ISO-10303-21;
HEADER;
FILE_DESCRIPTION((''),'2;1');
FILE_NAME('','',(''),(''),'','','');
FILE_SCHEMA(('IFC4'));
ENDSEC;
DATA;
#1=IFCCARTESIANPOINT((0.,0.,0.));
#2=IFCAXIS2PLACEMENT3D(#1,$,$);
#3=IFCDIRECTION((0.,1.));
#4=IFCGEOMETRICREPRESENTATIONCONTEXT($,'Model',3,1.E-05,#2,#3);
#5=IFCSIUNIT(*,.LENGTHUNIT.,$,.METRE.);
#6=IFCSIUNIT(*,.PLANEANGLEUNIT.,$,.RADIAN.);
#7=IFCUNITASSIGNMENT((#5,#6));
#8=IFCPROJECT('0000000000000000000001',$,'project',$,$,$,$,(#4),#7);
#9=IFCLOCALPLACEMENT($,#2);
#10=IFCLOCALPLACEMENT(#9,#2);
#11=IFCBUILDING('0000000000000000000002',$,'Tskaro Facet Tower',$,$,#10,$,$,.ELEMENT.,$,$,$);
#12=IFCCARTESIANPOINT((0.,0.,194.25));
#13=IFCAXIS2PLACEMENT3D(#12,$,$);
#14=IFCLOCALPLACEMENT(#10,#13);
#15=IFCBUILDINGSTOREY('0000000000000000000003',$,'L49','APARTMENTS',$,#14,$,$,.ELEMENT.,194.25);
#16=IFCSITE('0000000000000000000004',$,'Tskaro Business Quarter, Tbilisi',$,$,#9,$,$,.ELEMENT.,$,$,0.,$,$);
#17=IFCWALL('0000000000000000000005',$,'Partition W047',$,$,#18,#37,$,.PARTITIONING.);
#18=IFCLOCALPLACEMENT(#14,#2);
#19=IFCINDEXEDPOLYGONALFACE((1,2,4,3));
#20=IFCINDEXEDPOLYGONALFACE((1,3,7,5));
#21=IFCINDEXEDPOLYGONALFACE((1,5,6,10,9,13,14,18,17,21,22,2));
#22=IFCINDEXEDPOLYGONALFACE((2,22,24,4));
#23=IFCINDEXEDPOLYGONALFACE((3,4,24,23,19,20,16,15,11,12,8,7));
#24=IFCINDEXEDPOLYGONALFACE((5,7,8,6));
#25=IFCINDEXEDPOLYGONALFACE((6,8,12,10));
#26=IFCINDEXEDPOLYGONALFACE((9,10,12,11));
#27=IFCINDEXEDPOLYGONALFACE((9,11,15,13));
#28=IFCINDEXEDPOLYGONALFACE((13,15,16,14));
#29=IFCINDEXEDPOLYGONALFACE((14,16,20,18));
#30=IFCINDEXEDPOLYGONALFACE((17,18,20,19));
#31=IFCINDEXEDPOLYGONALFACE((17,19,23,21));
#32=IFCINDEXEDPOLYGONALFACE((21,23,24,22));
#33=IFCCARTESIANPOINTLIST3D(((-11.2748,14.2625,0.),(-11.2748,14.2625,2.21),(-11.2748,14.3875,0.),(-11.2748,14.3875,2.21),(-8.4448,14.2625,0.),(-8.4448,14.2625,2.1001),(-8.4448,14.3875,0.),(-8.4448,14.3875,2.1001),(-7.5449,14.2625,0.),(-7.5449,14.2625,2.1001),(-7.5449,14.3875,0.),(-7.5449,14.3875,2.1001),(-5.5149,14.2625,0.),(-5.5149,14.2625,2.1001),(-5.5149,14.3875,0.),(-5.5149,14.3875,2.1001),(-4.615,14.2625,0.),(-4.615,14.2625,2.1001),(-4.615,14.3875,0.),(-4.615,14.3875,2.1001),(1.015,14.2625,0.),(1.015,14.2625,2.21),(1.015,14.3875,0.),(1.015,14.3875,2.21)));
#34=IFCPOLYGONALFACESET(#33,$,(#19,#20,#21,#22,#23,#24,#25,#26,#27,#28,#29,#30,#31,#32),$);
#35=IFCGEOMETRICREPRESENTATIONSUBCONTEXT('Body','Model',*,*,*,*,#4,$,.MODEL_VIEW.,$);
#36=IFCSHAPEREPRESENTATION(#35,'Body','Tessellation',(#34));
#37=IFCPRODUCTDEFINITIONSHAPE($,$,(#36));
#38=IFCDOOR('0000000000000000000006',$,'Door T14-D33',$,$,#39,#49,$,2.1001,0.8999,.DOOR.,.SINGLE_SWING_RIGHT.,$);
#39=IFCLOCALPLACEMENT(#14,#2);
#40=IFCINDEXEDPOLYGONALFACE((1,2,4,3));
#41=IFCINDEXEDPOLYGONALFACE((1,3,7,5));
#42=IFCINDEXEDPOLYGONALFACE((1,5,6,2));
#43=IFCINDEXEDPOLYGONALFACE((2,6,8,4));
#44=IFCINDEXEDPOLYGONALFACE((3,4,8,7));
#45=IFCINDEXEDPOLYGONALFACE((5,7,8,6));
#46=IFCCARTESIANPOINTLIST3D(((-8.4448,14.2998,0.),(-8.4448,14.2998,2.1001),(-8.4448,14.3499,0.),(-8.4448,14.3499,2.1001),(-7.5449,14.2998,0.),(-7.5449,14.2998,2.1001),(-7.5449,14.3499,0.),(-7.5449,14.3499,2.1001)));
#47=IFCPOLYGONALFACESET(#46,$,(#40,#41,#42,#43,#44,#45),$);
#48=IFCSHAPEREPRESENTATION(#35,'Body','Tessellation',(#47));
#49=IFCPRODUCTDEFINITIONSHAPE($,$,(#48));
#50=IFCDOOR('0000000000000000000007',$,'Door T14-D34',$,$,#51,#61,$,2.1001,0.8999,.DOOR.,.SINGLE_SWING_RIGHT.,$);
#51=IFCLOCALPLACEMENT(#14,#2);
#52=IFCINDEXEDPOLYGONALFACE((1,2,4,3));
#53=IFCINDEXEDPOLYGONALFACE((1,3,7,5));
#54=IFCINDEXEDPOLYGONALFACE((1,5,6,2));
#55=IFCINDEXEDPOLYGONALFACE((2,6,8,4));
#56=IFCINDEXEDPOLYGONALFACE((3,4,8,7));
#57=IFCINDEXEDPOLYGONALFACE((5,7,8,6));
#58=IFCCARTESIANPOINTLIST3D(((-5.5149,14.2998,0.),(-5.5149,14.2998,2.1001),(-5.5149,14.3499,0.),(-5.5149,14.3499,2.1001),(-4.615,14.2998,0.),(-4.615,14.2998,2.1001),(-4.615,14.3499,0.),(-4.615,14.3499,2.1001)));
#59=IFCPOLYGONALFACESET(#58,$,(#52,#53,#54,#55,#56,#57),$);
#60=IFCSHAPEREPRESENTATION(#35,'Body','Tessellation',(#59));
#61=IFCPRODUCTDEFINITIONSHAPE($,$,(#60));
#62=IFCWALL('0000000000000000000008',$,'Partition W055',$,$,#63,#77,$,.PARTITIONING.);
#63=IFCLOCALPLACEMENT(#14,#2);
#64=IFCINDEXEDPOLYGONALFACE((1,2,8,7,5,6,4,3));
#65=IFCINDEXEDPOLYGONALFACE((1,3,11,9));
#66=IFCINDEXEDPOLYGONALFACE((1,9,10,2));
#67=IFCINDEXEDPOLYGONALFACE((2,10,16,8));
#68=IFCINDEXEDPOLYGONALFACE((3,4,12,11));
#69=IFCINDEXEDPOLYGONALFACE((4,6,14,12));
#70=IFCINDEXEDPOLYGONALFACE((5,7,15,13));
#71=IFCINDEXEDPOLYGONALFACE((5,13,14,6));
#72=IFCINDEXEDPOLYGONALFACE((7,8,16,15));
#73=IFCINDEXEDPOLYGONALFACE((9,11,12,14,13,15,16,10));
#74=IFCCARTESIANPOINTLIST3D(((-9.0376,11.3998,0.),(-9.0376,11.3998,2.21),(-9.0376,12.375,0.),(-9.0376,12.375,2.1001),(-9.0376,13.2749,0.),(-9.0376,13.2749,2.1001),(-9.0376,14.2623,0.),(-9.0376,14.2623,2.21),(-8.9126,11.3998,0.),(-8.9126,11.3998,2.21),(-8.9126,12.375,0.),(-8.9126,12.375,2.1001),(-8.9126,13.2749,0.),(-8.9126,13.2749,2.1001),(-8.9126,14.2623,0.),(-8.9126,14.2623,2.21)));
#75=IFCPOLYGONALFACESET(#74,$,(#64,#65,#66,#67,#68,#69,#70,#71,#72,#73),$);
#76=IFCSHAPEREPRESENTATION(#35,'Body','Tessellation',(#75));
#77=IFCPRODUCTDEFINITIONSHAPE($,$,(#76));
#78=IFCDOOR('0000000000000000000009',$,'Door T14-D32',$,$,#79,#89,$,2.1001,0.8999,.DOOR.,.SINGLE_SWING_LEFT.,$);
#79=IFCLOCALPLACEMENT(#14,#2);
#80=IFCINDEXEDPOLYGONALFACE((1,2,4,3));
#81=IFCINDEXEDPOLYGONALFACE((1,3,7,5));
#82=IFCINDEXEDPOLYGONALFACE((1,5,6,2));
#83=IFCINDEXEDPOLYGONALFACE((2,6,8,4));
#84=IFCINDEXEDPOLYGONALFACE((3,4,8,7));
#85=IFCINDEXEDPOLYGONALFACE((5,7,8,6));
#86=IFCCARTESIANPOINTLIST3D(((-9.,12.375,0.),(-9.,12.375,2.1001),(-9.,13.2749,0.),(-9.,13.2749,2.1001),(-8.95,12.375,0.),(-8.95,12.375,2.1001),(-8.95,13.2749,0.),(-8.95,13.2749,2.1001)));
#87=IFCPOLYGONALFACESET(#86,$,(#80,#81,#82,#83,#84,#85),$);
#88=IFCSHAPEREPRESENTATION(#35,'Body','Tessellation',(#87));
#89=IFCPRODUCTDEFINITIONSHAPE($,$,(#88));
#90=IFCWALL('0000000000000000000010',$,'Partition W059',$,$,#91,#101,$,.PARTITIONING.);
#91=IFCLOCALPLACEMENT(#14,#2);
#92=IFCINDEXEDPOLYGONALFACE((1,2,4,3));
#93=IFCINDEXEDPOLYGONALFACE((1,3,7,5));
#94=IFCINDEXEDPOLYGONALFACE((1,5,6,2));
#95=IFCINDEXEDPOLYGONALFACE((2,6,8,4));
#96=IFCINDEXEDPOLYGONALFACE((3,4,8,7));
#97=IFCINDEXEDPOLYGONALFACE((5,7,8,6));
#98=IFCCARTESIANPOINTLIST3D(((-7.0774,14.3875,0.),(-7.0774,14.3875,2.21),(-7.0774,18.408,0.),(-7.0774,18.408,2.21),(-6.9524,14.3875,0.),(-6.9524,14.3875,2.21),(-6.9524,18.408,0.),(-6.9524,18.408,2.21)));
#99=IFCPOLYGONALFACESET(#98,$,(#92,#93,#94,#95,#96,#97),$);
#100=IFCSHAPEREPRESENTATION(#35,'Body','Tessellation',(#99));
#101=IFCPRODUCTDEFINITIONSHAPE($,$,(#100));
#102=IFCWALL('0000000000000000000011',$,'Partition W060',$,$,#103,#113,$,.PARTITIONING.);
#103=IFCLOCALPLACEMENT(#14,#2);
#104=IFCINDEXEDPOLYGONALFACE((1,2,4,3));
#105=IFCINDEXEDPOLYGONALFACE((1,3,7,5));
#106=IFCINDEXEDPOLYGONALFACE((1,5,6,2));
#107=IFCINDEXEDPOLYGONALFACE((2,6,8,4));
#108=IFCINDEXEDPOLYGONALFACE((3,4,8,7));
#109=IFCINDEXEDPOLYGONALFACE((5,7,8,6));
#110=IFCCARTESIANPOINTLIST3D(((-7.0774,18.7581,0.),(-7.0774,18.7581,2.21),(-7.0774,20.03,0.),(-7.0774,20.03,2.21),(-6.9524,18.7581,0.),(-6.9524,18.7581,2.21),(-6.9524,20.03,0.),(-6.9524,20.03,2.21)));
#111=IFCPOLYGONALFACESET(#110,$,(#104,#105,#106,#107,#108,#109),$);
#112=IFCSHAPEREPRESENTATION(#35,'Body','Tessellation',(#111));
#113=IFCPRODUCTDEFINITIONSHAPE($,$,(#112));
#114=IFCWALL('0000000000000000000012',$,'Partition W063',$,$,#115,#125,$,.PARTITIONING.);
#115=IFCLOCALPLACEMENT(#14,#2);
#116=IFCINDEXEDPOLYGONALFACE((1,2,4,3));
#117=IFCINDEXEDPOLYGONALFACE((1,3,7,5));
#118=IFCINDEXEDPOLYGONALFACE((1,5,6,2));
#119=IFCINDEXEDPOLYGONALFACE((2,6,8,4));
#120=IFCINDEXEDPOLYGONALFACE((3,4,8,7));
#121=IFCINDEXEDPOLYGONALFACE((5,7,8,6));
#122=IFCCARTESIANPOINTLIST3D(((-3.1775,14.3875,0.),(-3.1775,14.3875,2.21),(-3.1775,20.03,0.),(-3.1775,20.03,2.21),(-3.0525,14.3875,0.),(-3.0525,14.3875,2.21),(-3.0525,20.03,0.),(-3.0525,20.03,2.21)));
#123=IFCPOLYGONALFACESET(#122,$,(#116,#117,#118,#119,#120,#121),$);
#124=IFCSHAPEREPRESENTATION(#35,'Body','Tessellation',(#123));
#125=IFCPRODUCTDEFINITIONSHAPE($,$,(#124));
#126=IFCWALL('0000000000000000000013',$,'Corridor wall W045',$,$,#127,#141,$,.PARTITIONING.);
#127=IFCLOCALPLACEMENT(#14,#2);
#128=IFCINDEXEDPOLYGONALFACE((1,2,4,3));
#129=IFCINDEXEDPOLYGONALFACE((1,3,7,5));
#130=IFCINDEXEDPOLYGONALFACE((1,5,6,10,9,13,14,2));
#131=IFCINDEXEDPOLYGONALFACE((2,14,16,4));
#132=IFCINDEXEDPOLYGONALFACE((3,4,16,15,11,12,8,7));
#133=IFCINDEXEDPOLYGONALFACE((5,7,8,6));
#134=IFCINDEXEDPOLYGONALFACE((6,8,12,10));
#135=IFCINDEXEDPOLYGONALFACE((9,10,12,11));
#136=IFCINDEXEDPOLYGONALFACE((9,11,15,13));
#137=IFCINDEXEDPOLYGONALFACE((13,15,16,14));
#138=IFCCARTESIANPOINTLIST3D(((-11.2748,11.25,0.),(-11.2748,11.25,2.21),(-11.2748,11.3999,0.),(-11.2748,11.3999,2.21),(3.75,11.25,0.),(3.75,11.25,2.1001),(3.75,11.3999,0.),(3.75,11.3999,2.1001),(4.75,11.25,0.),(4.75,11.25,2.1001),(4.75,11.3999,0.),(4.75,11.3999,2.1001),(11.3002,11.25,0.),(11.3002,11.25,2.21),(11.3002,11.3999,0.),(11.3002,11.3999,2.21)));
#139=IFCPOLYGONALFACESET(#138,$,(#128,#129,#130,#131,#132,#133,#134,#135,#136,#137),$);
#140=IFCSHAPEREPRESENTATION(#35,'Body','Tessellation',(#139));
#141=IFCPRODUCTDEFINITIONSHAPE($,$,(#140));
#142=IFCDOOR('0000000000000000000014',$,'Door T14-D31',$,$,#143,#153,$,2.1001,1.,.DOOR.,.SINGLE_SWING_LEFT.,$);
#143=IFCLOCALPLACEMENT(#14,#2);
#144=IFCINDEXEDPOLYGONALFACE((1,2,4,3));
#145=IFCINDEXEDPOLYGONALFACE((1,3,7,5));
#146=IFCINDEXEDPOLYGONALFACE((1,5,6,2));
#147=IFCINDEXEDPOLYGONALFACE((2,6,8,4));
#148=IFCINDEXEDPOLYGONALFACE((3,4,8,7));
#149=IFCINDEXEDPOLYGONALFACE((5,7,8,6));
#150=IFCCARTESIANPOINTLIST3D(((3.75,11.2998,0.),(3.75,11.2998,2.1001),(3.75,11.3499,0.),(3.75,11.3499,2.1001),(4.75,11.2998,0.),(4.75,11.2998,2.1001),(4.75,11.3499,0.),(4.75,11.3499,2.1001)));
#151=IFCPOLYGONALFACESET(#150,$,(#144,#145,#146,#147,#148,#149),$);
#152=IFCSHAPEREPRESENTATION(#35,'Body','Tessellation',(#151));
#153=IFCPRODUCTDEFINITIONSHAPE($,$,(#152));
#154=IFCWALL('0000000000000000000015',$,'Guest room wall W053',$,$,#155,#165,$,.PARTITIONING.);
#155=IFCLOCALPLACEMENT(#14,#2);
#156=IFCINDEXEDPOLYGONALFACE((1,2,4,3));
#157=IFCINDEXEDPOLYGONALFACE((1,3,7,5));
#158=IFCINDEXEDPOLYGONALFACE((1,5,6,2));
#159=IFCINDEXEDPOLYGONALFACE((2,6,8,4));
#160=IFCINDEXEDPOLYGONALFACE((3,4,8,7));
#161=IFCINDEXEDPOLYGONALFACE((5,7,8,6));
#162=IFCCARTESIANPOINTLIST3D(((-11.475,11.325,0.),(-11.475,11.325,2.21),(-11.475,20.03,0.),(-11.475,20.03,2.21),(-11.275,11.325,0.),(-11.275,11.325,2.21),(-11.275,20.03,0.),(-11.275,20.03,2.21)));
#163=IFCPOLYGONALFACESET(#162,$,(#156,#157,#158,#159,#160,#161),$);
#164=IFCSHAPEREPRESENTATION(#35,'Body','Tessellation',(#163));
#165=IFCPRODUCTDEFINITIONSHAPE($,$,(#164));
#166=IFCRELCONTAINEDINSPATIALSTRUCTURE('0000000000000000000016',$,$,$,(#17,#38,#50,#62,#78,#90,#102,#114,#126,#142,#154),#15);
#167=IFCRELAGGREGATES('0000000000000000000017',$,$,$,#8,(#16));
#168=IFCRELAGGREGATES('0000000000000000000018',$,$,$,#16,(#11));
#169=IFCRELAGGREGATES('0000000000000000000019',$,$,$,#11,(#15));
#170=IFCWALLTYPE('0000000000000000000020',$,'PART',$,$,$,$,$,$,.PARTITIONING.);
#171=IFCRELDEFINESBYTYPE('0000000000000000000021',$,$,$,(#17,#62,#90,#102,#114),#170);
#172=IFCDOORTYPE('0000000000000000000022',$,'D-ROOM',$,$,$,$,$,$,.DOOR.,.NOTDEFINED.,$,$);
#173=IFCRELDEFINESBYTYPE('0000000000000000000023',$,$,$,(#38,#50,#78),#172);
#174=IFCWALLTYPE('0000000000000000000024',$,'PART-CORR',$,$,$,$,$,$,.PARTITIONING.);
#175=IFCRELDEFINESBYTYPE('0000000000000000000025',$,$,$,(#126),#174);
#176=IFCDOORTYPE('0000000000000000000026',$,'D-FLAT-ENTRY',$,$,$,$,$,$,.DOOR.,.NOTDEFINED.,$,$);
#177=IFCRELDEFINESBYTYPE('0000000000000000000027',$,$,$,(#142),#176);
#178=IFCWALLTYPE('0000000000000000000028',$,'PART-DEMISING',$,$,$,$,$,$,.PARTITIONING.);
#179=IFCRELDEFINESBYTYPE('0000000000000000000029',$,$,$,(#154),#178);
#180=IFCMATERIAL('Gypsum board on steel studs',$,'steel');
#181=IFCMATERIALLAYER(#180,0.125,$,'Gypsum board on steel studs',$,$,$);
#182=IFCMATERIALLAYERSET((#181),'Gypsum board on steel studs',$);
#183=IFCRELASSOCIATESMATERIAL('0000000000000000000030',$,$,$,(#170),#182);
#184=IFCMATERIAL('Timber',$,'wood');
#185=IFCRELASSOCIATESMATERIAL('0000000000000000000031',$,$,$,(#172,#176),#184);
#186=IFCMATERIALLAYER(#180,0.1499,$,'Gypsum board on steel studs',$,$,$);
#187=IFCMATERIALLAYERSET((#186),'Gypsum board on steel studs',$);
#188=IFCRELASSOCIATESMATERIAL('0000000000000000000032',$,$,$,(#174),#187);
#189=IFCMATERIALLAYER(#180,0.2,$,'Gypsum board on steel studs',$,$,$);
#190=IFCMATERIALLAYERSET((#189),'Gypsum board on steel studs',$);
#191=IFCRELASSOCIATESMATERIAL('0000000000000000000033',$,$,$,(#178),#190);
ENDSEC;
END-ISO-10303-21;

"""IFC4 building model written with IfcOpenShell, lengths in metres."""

from ifc_helpers import new_model, si_unit, direction, frame, frame_2d, origin, place, context, subcontext, project, spatial, rectangle, extrude, material, layer, layer_set, type_object, element, fill, save


model = new_model("IFC4")

# Units and contexts
model_context = context("Model", 3, precision=1e-05, world=origin(), true_north=direction((0.0, 1.0)))
body_context = subcontext(model_context, "Body", "Model", "MODEL_VIEW")
ifc_project = project(units=[si_unit("LENGTHUNIT", "METRE"), si_unit("PLANEANGLEUNIT", "RADIAN")], contexts=[model_context])

# Site, building, storey
site_placement = place(None, origin())
site = spatial("IfcSite", under=ifc_project, at=site_placement, Name="Tskaro Business Quarter, Tbilisi", CompositionType="ELEMENT", RefElevation=0.0)
building_placement = place(site_placement, origin())
building = spatial("IfcBuilding", under=site, at=building_placement, Name="Tskaro Facet Tower", CompositionType="ELEMENT")
storey_placement = place(building_placement, frame((0.0, 0.0, 194.25)))
storey = spatial("IfcBuildingStorey", under=building, at=storey_placement, Name="L49", Description="APARTMENTS", CompositionType="ELEMENT", Elevation=194.25)

# Wall, openings, doors
ifc_material_1 = material(Name="Gypsum board on steel studs", Category="steel")
ifc_layer_1 = layer(ifc_material_1, 0.125, Name="Gypsum board on steel studs")
ifc_layer_set_1 = layer_set([ifc_layer_1], Name="Gypsum board on steel studs")
wall_type_1 = type_object("IfcWallType", Name="PART", PredefinedType="PARTITIONING", material=ifc_layer_set_1)
wall_1_placement = place(storey_placement, frame((-11.2749, 14.325, 0.0), z_axis=(0.0, 0.0, 1.0), x_axis=(1.0, 0.0, 0.0)))
wall_1 = element("IfcWall", 1, at=wall_1_placement, inside=storey, type_object=wall_type_1, Name="Partition W047", PredefinedType="PARTITIONING", context=body_context, shape_type="SweptSolid", body=[
    extrude(rectangle(XDim=12.2898, YDim=0.125, at=frame_2d((6.145, 0.0))), origin(), (0.0, 0.0, 1.0), 2.21),
])
opening_1_placement = place(wall_1_placement, frame((2.8301, 0.0, 0.0)))
opening_1 = element("IfcOpeningElement", 2, at=opening_1_placement, cuts=wall_1, PredefinedType="OPENING", context=body_context, shape_type="SweptSolid", body=[
    extrude(rectangle(XDim=0.8999, YDim=2.1001, at=frame_2d((0.45, 1.05))), frame((0.0, 0.0725, 0.0), z_axis=(0.0, -1.0, 0.0), x_axis=(1.0, 0.0, 0.0)), (0.0, 0.0, 1.0), 0.145),
])
opening_2_placement = place(wall_1_placement, frame((5.76, 0.0, 0.0)))
opening_2 = element("IfcOpeningElement", 3, at=opening_2_placement, cuts=wall_1, PredefinedType="OPENING", context=body_context, shape_type="SweptSolid", body=[
    extrude(rectangle(XDim=0.8999, YDim=2.1001, at=frame_2d((0.45, 1.05))), frame((0.0, 0.0725, 0.0), z_axis=(0.0, -1.0, 0.0), x_axis=(1.0, 0.0, 0.0)), (0.0, 0.0, 1.0), 0.145),
])
ifc_material_2 = material(Name="Timber", Category="wood")
door_type_1 = type_object("IfcDoorType", Name="D-ROOM", OperationType="NOTDEFINED", PredefinedType="DOOR", material=ifc_material_2)
door_1_placement = place(opening_1_placement, origin())
door_1 = element("IfcDoor", 4, at=door_1_placement, inside=storey, type_object=door_type_1, Name="Door T14-D33", OperationType="SINGLE_SWING_RIGHT", OverallHeight=2.1001, OverallWidth=0.8999, PredefinedType="DOOR", context=body_context, shape_type="SweptSolid", body=[
    extrude(rectangle(XDim=0.8999, YDim=2.1001, at=frame_2d((0.45, 1.05))), frame((0.0, 0.0249, 0.0), z_axis=(0.0, -1.0, 0.0), x_axis=(1.0, 0.0, 0.0)), (0.0, 0.0, 1.0), 0.05),
])
fill(opening_1, door_1)
door_2_placement = place(opening_2_placement, origin())
door_2 = element("IfcDoor", 5, at=door_2_placement, inside=storey, type_object=door_type_1, Name="Door T14-D34", OperationType="SINGLE_SWING_RIGHT", OverallHeight=2.1001, OverallWidth=0.8999, PredefinedType="DOOR", context=body_context, shape_type="SweptSolid", body=[
    extrude(rectangle(XDim=0.8999, YDim=2.1001, at=frame_2d((0.45, 1.05))), frame((0.0, 0.0249, 0.0), z_axis=(0.0, -1.0, 0.0), x_axis=(1.0, 0.0, 0.0)), (0.0, 0.0, 1.0), 0.05),
])
fill(opening_2, door_2)

# Wall, opening, door
wall_2_placement = place(storey_placement, frame((-8.9751, 11.3999, 0.0), z_axis=(0.0, 0.0, 1.0), x_axis=(0.0, 1.0, 0.0)))
wall_2 = element("IfcWall", 6, at=wall_2_placement, inside=storey, type_object=wall_type_1, Name="Partition W055", PredefinedType="PARTITIONING", context=body_context, shape_type="SweptSolid", body=[
    extrude(rectangle(XDim=2.8625, YDim=0.125, at=frame_2d((1.4312, 0.0))), origin(), (0.0, 0.0, 1.0), 2.21),
])
opening_3_placement = place(wall_2_placement, frame((0.9751, 0.0, 0.0)))
opening_3 = element("IfcOpeningElement", 7, at=opening_3_placement, cuts=wall_2, PredefinedType="OPENING", context=body_context, shape_type="SweptSolid", body=[
    extrude(rectangle(XDim=0.8999, YDim=2.1001, at=frame_2d((0.45, 1.05))), frame((0.0, 0.0725, 0.0), z_axis=(0.0, -1.0, 0.0), x_axis=(1.0, 0.0, 0.0)), (0.0, 0.0, 1.0), 0.145),
])
door_3_placement = place(opening_3_placement, origin())
door_3 = element("IfcDoor", 8, at=door_3_placement, inside=storey, type_object=door_type_1, Name="Door T14-D32", OperationType="SINGLE_SWING_LEFT", OverallHeight=2.1001, OverallWidth=0.8999, PredefinedType="DOOR", context=body_context, shape_type="SweptSolid", body=[
    extrude(rectangle(XDim=0.8999, YDim=2.1001, at=frame_2d((0.45, 1.05))), frame((0.0, 0.0249, 0.0), z_axis=(0.0, -1.0, 0.0), x_axis=(1.0, 0.0, 0.0)), (0.0, 0.0, 1.0), 0.05),
])
fill(opening_3, door_3)

# Walls
wall_3_placement = place(storey_placement, frame((-7.0149, 14.3875, 0.0), z_axis=(0.0, 0.0, 1.0), x_axis=(0.0, 1.0, 0.0)))
element("IfcWall", 9, at=wall_3_placement, inside=storey, type_object=wall_type_1, Name="Partition W059", PredefinedType="PARTITIONING", context=body_context, shape_type="SweptSolid", body=[
    extrude(rectangle(XDim=4.0205, YDim=0.125, at=frame_2d((2.0103, 0.0))), origin(), (0.0, 0.0, 1.0), 2.21),
])
wall_4_placement = place(storey_placement, frame((-7.0149, 18.7581, 0.0), z_axis=(0.0, 0.0, 1.0), x_axis=(0.0, 1.0, 0.0)))
element("IfcWall", 10, at=wall_4_placement, inside=storey, type_object=wall_type_1, Name="Partition W060", PredefinedType="PARTITIONING", context=body_context, shape_type="SweptSolid", body=[
    extrude(rectangle(XDim=1.272, YDim=0.125, at=frame_2d((0.636, 0.0))), origin(), (0.0, 0.0, 1.0), 2.21),
])
wall_5_placement = place(storey_placement, frame((-3.115, 14.3875, 0.0), z_axis=(0.0, 0.0, 1.0), x_axis=(0.0, 1.0, 0.0)))
element("IfcWall", 11, at=wall_5_placement, inside=storey, type_object=wall_type_1, Name="Partition W063", PredefinedType="PARTITIONING", context=body_context, shape_type="SweptSolid", body=[
    extrude(rectangle(XDim=5.6426, YDim=0.125, at=frame_2d((2.8213, 0.0))), origin(), (0.0, 0.0, 1.0), 2.21),
])

# Wall, opening, door
ifc_layer_2 = layer(ifc_material_1, 0.1499, Name="Gypsum board on steel studs")
ifc_layer_set_2 = layer_set([ifc_layer_2], Name="Gypsum board on steel studs")
wall_type_2 = type_object("IfcWallType", Name="PART-CORR", PredefinedType="PARTITIONING", material=ifc_layer_set_2)
wall_6_placement = place(storey_placement, frame((-11.2749, 11.325, 0.0), z_axis=(0.0, 0.0, 1.0), x_axis=(1.0, 0.0, 0.0)))
wall_6 = element("IfcWall", 12, at=wall_6_placement, inside=storey, type_object=wall_type_2, Name="Corridor wall W045", PredefinedType="PARTITIONING", context=body_context, shape_type="SweptSolid", body=[
    extrude(rectangle(XDim=22.575, YDim=0.1499, at=frame_2d((11.2876, 0.0))), origin(), (0.0, 0.0, 1.0), 2.21),
])
opening_4_placement = place(wall_6_placement, frame((15.0249, 0.0, 0.0)))
opening_4 = element("IfcOpeningElement", 13, at=opening_4_placement, cuts=wall_6, PredefinedType="OPENING", context=body_context, shape_type="SweptSolid", body=[
    extrude(rectangle(XDim=1.0, YDim=2.1001, at=frame_2d((0.5, 1.05))), frame((0.0, 0.085, 0.0), z_axis=(0.0, -1.0, 0.0), x_axis=(1.0, 0.0, 0.0)), (0.0, 0.0, 1.0), 0.1699),
])
door_type_2 = type_object("IfcDoorType", Name="D-FLAT-ENTRY", OperationType="NOTDEFINED", PredefinedType="DOOR", material=ifc_material_2)
door_4_placement = place(opening_4_placement, origin())
door_4 = element("IfcDoor", 14, at=door_4_placement, inside=storey, type_object=door_type_2, Name="Door T14-D31", OperationType="SINGLE_SWING_LEFT", OverallHeight=2.1001, OverallWidth=1.0, PredefinedType="DOOR", context=body_context, shape_type="SweptSolid", body=[
    extrude(rectangle(XDim=1.0, YDim=2.1001, at=frame_2d((0.5, 1.05))), frame((0.0, 0.0249, 0.0), z_axis=(0.0, -1.0, 0.0), x_axis=(1.0, 0.0, 0.0)), (0.0, 0.0, 1.0), 0.05),
])
fill(opening_4, door_4)

# Wall
ifc_layer_3 = layer(ifc_material_1, 0.2, Name="Gypsum board on steel studs")
ifc_layer_set_3 = layer_set([ifc_layer_3], Name="Gypsum board on steel studs")
wall_type_3 = type_object("IfcWallType", Name="PART-DEMISING", PredefinedType="PARTITIONING", material=ifc_layer_set_3)
wall_7_placement = place(storey_placement, frame((-11.375, 11.325, 0.0), z_axis=(0.0, 0.0, 1.0), x_axis=(0.0, 1.0, 0.0)))
element("IfcWall", 15, at=wall_7_placement, inside=storey, type_object=wall_type_3, Name="Guest room wall W053", PredefinedType="PARTITIONING", context=body_context, shape_type="SweptSolid", body=[
    extrude(rectangle(XDim=8.7051, YDim=0.2, at=frame_2d((4.3525, 0.0))), origin(), (0.0, 0.0, 1.0), 2.21),
])

save(model, "model.ifc")
